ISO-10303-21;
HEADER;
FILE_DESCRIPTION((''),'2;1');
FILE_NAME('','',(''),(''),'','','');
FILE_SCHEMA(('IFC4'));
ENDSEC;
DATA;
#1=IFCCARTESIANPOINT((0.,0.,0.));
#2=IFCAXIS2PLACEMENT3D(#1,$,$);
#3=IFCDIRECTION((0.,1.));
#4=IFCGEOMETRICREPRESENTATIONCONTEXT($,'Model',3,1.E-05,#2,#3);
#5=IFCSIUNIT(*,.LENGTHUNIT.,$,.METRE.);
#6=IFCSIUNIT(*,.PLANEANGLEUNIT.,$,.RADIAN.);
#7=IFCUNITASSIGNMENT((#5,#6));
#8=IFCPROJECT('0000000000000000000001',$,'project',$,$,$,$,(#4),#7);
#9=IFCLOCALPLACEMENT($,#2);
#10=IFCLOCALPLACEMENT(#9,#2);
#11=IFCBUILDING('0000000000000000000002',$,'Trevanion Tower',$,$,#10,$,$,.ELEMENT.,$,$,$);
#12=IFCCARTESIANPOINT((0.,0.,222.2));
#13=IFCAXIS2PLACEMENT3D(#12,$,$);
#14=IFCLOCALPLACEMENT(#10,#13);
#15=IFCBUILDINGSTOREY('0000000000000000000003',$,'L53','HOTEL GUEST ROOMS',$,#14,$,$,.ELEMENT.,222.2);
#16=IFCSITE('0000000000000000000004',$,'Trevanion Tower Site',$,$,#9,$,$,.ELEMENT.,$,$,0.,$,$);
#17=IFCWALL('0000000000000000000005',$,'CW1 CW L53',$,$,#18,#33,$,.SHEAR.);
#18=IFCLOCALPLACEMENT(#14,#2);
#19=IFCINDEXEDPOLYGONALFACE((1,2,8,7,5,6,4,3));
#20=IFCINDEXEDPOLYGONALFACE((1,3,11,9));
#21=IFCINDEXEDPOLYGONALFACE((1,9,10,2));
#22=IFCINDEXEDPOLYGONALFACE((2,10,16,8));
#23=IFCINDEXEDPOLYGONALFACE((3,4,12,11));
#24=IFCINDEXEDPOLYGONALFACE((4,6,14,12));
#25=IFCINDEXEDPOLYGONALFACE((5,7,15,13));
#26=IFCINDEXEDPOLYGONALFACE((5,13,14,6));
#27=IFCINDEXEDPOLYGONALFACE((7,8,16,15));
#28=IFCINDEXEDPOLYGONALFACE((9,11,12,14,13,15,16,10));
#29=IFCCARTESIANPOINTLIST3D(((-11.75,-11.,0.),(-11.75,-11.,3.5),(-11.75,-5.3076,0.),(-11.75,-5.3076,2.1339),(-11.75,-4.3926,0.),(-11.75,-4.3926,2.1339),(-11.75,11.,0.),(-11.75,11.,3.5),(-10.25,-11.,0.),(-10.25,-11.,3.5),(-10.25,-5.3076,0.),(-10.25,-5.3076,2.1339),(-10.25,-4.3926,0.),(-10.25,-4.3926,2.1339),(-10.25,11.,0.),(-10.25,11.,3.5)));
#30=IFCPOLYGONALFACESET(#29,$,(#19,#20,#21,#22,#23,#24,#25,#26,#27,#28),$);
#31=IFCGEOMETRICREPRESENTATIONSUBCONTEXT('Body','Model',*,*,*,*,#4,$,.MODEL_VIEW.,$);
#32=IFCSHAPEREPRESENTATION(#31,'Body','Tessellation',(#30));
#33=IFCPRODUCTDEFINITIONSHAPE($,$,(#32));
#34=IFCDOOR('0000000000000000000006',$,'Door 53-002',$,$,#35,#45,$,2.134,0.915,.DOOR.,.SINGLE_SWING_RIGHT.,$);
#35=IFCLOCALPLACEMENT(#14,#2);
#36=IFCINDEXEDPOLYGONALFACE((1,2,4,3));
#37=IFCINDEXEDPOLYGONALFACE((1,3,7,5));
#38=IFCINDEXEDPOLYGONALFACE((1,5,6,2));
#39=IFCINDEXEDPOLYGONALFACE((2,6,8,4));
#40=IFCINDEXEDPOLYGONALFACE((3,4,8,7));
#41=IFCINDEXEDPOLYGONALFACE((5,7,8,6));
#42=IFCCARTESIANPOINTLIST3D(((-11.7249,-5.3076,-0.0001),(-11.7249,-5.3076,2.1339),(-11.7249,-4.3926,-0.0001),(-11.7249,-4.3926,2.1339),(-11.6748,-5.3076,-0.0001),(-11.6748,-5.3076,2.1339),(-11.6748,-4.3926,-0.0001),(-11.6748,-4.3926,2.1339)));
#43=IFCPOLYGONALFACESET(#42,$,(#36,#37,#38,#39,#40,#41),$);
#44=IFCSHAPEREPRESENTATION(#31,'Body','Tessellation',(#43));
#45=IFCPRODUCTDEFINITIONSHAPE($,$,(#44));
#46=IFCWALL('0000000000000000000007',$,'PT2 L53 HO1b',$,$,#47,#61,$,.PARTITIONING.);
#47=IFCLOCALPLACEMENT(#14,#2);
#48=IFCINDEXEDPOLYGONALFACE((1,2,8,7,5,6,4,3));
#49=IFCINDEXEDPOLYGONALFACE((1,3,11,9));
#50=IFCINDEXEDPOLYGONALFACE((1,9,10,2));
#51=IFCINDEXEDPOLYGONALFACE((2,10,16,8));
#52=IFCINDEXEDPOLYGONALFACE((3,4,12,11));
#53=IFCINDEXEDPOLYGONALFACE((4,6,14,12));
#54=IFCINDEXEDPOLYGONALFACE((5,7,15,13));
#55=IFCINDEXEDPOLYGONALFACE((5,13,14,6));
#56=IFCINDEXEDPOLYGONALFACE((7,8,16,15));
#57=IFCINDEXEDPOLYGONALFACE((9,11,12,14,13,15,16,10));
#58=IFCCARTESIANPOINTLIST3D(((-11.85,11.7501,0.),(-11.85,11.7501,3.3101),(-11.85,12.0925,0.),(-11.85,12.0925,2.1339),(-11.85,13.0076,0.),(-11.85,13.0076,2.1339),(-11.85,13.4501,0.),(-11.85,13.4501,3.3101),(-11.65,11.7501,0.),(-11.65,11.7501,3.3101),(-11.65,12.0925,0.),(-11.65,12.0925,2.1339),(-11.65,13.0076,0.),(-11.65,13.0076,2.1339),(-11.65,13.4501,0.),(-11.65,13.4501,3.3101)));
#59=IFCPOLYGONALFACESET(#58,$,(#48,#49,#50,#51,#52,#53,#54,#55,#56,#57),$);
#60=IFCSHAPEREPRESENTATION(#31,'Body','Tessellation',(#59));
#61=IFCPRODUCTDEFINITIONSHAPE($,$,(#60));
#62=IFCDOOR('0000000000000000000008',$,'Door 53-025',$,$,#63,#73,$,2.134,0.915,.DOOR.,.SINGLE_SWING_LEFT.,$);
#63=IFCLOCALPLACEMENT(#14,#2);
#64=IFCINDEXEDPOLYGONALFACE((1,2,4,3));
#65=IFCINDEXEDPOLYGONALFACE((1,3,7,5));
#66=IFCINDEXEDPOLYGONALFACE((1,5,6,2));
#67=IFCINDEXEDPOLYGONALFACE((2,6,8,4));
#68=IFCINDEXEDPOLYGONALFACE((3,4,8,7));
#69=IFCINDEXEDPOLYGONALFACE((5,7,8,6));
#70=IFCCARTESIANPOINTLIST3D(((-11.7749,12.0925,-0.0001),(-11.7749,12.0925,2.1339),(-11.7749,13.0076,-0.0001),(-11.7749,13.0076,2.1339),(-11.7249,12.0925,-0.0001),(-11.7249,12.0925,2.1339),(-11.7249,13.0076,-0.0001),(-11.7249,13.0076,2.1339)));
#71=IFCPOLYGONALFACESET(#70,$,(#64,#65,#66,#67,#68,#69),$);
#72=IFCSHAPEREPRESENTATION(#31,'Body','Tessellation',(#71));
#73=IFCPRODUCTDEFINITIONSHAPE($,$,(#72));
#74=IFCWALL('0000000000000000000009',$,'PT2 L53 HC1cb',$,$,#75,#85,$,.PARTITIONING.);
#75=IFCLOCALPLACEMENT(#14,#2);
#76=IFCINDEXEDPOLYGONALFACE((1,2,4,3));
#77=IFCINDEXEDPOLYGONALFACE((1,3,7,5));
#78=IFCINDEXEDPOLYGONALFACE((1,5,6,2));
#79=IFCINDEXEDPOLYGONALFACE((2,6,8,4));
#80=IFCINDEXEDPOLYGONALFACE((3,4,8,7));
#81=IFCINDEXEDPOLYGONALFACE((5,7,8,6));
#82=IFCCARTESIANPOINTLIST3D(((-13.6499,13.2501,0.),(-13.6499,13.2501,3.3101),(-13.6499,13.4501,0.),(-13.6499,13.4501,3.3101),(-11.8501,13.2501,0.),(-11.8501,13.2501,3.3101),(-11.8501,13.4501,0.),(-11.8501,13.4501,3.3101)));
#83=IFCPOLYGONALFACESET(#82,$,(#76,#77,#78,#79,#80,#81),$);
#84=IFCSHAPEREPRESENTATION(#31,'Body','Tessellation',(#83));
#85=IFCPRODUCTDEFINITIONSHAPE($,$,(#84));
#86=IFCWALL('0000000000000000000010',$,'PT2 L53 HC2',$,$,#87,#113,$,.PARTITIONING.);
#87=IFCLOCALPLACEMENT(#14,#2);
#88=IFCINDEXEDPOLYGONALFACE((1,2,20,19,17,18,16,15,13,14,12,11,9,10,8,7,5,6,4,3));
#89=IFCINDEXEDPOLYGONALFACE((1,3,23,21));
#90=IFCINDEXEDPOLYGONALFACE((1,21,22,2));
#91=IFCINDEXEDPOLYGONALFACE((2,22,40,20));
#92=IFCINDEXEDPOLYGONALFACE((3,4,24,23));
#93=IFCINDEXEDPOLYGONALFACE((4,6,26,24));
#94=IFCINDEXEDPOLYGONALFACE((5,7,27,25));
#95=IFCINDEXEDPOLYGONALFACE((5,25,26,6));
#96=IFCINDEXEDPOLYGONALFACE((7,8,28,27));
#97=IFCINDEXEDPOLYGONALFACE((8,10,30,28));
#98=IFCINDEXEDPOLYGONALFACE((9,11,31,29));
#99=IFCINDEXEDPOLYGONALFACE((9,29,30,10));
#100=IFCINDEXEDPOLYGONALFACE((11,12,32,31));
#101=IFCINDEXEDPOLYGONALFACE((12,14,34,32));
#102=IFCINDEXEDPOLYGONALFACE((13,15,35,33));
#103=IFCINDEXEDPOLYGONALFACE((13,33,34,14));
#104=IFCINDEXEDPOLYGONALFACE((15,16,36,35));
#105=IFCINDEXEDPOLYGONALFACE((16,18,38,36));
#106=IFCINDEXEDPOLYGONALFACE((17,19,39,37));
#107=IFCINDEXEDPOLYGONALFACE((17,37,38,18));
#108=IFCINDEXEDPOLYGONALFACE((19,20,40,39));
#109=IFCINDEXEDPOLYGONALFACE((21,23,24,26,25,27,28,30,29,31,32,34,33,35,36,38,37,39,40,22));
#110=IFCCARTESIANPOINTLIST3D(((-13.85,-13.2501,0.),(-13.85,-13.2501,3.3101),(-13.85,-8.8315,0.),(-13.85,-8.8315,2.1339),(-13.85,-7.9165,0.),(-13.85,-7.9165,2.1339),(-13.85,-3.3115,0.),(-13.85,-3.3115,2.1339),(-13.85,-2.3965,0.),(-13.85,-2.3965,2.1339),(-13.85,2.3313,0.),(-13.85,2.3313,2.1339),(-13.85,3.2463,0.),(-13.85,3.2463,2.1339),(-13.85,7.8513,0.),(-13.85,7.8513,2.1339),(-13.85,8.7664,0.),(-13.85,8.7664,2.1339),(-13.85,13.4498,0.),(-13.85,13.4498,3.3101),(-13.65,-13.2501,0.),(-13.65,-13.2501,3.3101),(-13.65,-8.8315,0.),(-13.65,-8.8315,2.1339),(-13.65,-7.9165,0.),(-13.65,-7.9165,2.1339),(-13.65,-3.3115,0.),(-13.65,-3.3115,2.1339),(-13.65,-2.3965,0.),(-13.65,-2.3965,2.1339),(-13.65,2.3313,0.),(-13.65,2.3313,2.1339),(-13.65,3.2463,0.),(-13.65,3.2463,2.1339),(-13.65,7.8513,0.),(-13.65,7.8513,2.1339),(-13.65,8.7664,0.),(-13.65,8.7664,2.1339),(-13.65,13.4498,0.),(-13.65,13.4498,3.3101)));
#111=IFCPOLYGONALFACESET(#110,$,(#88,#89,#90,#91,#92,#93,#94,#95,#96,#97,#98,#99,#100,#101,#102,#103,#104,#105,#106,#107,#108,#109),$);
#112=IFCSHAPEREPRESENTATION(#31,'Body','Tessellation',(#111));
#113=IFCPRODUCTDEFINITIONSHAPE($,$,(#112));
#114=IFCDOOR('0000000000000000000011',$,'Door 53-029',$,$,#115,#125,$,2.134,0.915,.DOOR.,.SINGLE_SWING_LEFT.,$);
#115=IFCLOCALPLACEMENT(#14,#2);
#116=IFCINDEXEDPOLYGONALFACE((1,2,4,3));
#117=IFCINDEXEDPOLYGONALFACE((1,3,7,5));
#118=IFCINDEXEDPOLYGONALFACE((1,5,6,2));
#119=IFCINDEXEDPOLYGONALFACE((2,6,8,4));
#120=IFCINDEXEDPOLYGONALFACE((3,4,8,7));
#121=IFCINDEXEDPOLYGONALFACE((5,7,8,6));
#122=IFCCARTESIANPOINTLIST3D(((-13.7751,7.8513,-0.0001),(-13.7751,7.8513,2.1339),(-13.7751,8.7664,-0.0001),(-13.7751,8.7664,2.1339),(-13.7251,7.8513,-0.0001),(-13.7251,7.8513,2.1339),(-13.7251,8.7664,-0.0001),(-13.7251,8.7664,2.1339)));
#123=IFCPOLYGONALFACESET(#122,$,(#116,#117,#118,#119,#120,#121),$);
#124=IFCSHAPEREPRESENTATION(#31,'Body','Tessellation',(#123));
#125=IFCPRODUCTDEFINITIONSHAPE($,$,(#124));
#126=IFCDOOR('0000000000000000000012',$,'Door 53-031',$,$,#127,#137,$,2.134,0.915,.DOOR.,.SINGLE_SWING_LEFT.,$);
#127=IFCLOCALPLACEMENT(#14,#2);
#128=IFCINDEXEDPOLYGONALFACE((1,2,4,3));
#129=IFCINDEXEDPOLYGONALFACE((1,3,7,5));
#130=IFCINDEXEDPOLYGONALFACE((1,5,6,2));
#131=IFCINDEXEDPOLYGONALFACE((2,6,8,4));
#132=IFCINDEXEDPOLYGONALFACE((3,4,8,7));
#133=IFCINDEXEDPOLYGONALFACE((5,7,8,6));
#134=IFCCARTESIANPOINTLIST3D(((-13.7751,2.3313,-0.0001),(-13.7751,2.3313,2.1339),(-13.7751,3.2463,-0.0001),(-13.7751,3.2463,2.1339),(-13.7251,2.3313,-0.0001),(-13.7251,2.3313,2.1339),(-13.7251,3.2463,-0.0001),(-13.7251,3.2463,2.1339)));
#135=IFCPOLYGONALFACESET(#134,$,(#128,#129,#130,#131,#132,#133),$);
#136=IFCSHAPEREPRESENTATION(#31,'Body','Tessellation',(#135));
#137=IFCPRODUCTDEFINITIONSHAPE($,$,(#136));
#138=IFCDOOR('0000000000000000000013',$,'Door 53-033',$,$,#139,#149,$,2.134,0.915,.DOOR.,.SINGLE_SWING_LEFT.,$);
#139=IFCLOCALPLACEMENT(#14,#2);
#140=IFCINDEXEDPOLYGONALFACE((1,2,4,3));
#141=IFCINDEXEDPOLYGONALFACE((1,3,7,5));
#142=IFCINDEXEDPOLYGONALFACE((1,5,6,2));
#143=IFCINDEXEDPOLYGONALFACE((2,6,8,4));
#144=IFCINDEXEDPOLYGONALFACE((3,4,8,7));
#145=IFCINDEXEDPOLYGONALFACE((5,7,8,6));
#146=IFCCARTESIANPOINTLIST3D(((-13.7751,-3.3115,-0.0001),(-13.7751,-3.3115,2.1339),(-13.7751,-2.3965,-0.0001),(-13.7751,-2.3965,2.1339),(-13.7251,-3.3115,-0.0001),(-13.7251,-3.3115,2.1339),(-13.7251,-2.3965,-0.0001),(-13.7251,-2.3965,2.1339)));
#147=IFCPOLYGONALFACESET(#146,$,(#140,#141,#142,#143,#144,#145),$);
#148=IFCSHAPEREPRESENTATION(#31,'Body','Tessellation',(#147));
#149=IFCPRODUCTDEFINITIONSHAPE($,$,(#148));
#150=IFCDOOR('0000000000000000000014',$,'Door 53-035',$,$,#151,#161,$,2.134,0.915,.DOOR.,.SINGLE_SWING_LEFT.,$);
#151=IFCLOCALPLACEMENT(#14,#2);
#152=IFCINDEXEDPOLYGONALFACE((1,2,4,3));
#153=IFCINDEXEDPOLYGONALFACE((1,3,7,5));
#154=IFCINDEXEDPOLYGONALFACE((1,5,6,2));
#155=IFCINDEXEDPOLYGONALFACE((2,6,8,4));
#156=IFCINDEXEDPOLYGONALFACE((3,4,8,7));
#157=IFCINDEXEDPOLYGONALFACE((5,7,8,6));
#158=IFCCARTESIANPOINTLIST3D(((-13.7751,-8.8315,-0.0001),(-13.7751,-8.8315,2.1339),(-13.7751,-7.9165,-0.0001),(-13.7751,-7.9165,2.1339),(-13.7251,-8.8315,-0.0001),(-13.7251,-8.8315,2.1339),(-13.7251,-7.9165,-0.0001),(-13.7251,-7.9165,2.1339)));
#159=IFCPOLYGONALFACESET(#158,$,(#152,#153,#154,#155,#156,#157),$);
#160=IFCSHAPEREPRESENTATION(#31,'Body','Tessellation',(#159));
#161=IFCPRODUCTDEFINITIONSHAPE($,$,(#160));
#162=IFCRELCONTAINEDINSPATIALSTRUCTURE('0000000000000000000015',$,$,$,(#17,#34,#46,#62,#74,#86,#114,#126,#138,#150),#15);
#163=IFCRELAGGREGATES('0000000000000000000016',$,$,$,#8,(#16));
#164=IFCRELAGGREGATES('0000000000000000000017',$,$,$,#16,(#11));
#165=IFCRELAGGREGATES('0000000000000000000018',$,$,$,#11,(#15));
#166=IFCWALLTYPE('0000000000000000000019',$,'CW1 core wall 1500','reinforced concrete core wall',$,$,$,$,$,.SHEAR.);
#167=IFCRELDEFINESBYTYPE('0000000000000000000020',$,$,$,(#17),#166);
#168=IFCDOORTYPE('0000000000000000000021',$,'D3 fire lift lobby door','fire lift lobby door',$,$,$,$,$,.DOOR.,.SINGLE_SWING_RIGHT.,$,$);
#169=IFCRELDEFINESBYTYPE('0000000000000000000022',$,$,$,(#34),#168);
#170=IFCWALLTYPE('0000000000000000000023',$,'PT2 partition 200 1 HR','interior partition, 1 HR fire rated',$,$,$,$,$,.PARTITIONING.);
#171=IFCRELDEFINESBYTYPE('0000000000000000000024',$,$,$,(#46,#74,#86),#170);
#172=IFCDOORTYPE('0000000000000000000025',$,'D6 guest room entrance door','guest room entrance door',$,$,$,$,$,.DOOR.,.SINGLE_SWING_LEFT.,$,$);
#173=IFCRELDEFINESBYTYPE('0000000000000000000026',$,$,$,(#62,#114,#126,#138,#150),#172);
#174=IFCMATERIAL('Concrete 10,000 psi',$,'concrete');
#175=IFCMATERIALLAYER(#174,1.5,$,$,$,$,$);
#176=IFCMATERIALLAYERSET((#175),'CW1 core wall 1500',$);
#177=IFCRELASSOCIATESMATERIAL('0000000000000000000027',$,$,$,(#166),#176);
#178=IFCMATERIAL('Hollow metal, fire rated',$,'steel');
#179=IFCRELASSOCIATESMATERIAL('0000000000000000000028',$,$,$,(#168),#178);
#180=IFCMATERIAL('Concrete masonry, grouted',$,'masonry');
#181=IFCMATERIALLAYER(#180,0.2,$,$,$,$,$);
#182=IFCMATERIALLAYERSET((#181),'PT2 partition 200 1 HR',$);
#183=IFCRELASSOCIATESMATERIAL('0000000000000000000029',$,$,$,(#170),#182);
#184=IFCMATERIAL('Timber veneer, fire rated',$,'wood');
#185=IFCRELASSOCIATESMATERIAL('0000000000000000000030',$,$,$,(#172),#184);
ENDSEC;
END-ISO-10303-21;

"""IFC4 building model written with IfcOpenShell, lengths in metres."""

from ifc_helpers import new_model, si_unit, direction, frame, frame_2d, origin, place, context, subcontext, project, spatial, rectangle, extrude, material, layer, layer_set, type_object, element, fill, save


model = new_model("IFC4")

# Units and contexts
model_context = context("Model", 3, precision=1e-05, world=origin(), true_north=direction((0.0, 1.0)))
body_context = subcontext(model_context, "Body", "Model", "MODEL_VIEW")
ifc_project = project(units=[si_unit("LENGTHUNIT", "METRE"), si_unit("PLANEANGLEUNIT", "RADIAN")], contexts=[model_context])

# Site, building, storey
site_placement = place(None, origin())
site = spatial("IfcSite", under=ifc_project, at=site_placement, Name="Trevanion Tower Site", CompositionType="ELEMENT", RefElevation=0.0)
building_placement = place(site_placement, origin())
building = spatial("IfcBuilding", under=site, at=building_placement, Name="Trevanion Tower", CompositionType="ELEMENT")
storey_placement = place(building_placement, frame((0.0, 0.0, 222.2)))
storey = spatial("IfcBuildingStorey", under=building, at=storey_placement, Name="L53", Description="HOTEL GUEST ROOMS", CompositionType="ELEMENT", Elevation=222.2)

# Walls, openings, doors
ifc_material_1 = material(Name="Concrete 10,000 psi", Category="concrete")
ifc_layer_1 = layer(ifc_material_1, 1.5)
ifc_layer_set_1 = layer_set([ifc_layer_1], Name="CW1 core wall 1500")
wall_type_1 = type_object("IfcWallType", Name="CW1 core wall 1500", Description="reinforced concrete core wall", PredefinedType="SHEAR", material=ifc_layer_set_1)
wall_1_placement = place(storey_placement, frame((-11.0, 11.0, 0.0), z_axis=(0.0, 0.0, 1.0), x_axis=(0.0, -1.0, 0.0)))
wall_1 = element("IfcWall", 1, at=wall_1_placement, inside=storey, type_object=wall_type_1, Name="CW1 CW L53", PredefinedType="SHEAR", context=body_context, shape_type="SweptSolid", body=[
    extrude(rectangle(XDim=22.0, YDim=1.5, at=frame_2d((11.0, 0.0))), origin(), (0.0, 0.0, 1.0), 3.5),
])
opening_1_placement = place(wall_1_placement, frame((15.3926, 0.0, 0.0)))
opening_1 = element("IfcOpeningElement", 2, at=opening_1_placement, cuts=wall_1, PredefinedType="OPENING", context=body_context, shape_type="SweptSolid", body=[
    extrude(rectangle(XDim=0.915, YDim=2.134, at=frame_2d((0.4575, 1.0669))), frame((0.0, 0.76, 0.0), z_axis=(0.0, -1.0, 0.0), x_axis=(1.0, 0.0, 0.0)), (0.0, 0.0, 1.0), 1.52),
])
ifc_material_2 = material(Name="Hollow metal, fire rated", Category="steel")
door_type_1 = type_object("IfcDoorType", Name="D3 fire lift lobby door", Description="fire lift lobby door", OperationType="SINGLE_SWING_RIGHT", PredefinedType="DOOR", material=ifc_material_2)
door_1_placement = place(opening_1_placement, origin())
door_1 = element("IfcDoor", 3, at=door_1_placement, inside=storey, type_object=door_type_1, Name="Door 53-002", OperationType="SINGLE_SWING_RIGHT", OverallHeight=2.134, OverallWidth=0.915, PredefinedType="DOOR", context=body_context, shape_type="SweptSolid", body=[
    extrude(rectangle(XDim=0.915, YDim=2.134, at=frame_2d((0.4575, 1.0669))), frame((0.0, -0.6748, 0.0), z_axis=(0.0, -1.0, 0.0), x_axis=(1.0, 0.0, 0.0)), (0.0, 0.0, 1.0), 0.05),
])
fill(opening_1, door_1)
ifc_material_3 = material(Name="Concrete masonry, grouted", Category="masonry")
ifc_layer_2 = layer(ifc_material_3, 0.2)
ifc_layer_set_2 = layer_set([ifc_layer_2], Name="PT2 partition 200 1 HR")
wall_type_2 = type_object("IfcWallType", Name="PT2 partition 200 1 HR", Description="interior partition, 1 HR fire rated", PredefinedType="PARTITIONING", material=ifc_layer_set_2)
wall_2_placement = place(storey_placement, frame((-11.75, 11.75, 0.0), z_axis=(0.0, 0.0, 1.0), x_axis=(0.0, 1.0, 0.0)))
wall_2 = element("IfcWall", 4, at=wall_2_placement, inside=storey, type_object=wall_type_2, Name="PT2 L53 HO1b", PredefinedType="PARTITIONING", context=body_context, shape_type="SweptSolid", body=[
    extrude(rectangle(XDim=1.7, YDim=0.2, at=frame_2d((0.8501, 0.0))), origin(), (0.0, 0.0, 1.0), 3.3101),
])
opening_2_placement = place(wall_2_placement, frame((0.3425, 0.0, 0.0)))
opening_2 = element("IfcOpeningElement", 5, at=opening_2_placement, cuts=wall_2, PredefinedType="OPENING", context=body_context, shape_type="SweptSolid", body=[
    extrude(rectangle(XDim=0.915, YDim=2.134, at=frame_2d((0.4575, 1.0669))), frame((0.0, 0.1099, 0.0), z_axis=(0.0, -1.0, 0.0), x_axis=(1.0, 0.0, 0.0)), (0.0, 0.0, 1.0), 0.22),
])
ifc_material_4 = material(Name="Timber veneer, fire rated", Category="wood")
door_type_2 = type_object("IfcDoorType", Name="D6 guest room entrance door", Description="guest room entrance door", OperationType="SINGLE_SWING_LEFT", PredefinedType="DOOR", material=ifc_material_4)
door_2_placement = place(opening_2_placement, origin())
door_2 = element("IfcDoor", 6, at=door_2_placement, inside=storey, type_object=door_type_2, Name="Door 53-025", OperationType="SINGLE_SWING_LEFT", OverallHeight=2.134, OverallWidth=0.915, PredefinedType="DOOR", context=body_context, shape_type="SweptSolid", body=[
    extrude(rectangle(XDim=0.915, YDim=2.134, at=frame_2d((0.4575, 1.0669))), frame((0.0, 0.0249, 0.0), z_axis=(0.0, -1.0, 0.0), x_axis=(1.0, 0.0, 0.0)), (0.0, 0.0, 1.0), 0.05),
])
fill(opening_2, door_2)

# Wall
wall_3_placement = place(storey_placement, frame((-11.8501, 13.3501, 0.0), z_axis=(0.0, 0.0, 1.0), x_axis=(-1.0, 0.0, 0.0)))
element("IfcWall", 7, at=wall_3_placement, inside=storey, type_object=wall_type_2, Name="PT2 L53 HC1cb", PredefinedType="PARTITIONING", context=body_context, shape_type="SweptSolid", body=[
    extrude(rectangle(XDim=1.7998, YDim=0.2, at=frame_2d((0.8999, 0.0))), origin(), (0.0, 0.0, 1.0), 3.3101),
])

# Wall, openings, doors
wall_4_placement = place(storey_placement, frame((-13.75, 13.45, 0.0), z_axis=(0.0, 0.0, 1.0), x_axis=(0.0, -1.0, 0.0)))
wall_4 = element("IfcWall", 8, at=wall_4_placement, inside=storey, type_object=wall_type_2, Name="PT2 L53 HC2", PredefinedType="PARTITIONING", context=body_context, shape_type="SweptSolid", body=[
    extrude(rectangle(XDim=26.7, YDim=0.2, at=frame_2d((13.3501, 0.0))), origin(), (0.0, 0.0, 1.0), 3.3101),
])
opening_3_placement = place(wall_4_placement, frame((4.6836, 0.0, 0.0)))
opening_3 = element("IfcOpeningElement", 9, at=opening_3_placement, cuts=wall_4, PredefinedType="OPENING", context=body_context, shape_type="SweptSolid", body=[
    extrude(rectangle(XDim=0.915, YDim=2.134, at=frame_2d((0.4575, 1.0669))), frame((0.0, 0.1099, 0.0), z_axis=(0.0, -1.0, 0.0), x_axis=(1.0, 0.0, 0.0)), (0.0, 0.0, 1.0), 0.22),
])
opening_4_placement = place(wall_4_placement, frame((10.2036, 0.0, 0.0)))
opening_4 = element("IfcOpeningElement", 10, at=opening_4_placement, cuts=wall_4, PredefinedType="OPENING", context=body_context, shape_type="SweptSolid", body=[
    extrude(rectangle(XDim=0.915, YDim=2.134, at=frame_2d((0.4575, 1.0669))), frame((0.0, 0.1099, 0.0), z_axis=(0.0, -1.0, 0.0), x_axis=(1.0, 0.0, 0.0)), (0.0, 0.0, 1.0), 0.22),
])
opening_5_placement = place(wall_4_placement, frame((15.8464, 0.0, 0.0)))
opening_5 = element("IfcOpeningElement", 11, at=opening_5_placement, cuts=wall_4, PredefinedType="OPENING", context=body_context, shape_type="SweptSolid", body=[
    extrude(rectangle(XDim=0.915, YDim=2.134, at=frame_2d((0.4575, 1.0669))), frame((0.0, 0.1099, 0.0), z_axis=(0.0, -1.0, 0.0), x_axis=(1.0, 0.0, 0.0)), (0.0, 0.0, 1.0), 0.22),
])
opening_6_placement = place(wall_4_placement, frame((21.3665, 0.0, 0.0)))
opening_6 = element("IfcOpeningElement", 12, at=opening_6_placement, cuts=wall_4, PredefinedType="OPENING", context=body_context, shape_type="SweptSolid", body=[
    extrude(rectangle(XDim=0.915, YDim=2.134, at=frame_2d((0.4575, 1.0669))), frame((0.0, 0.1099, 0.0), z_axis=(0.0, -1.0, 0.0), x_axis=(1.0, 0.0, 0.0)), (0.0, 0.0, 1.0), 0.22),
])
door_3_placement = place(opening_3_placement, origin())
door_3 = element("IfcDoor", 13, at=door_3_placement, inside=storey, type_object=door_type_2, Name="Door 53-029", OperationType="SINGLE_SWING_LEFT", OverallHeight=2.134, OverallWidth=0.915, PredefinedType="DOOR", context=body_context, shape_type="SweptSolid", body=[
    extrude(rectangle(XDim=0.915, YDim=2.134, at=frame_2d((0.4575, 1.0669))), frame((0.0, 0.0249, 0.0), z_axis=(0.0, -1.0, 0.0), x_axis=(1.0, 0.0, 0.0)), (0.0, 0.0, 1.0), 0.05),
])
fill(opening_3, door_3)
door_4_placement = place(opening_4_placement, origin())
door_4 = element("IfcDoor", 14, at=door_4_placement, inside=storey, type_object=door_type_2, Name="Door 53-031", OperationType="SINGLE_SWING_LEFT", OverallHeight=2.134, OverallWidth=0.915, PredefinedType="DOOR", context=body_context, shape_type="SweptSolid", body=[
    extrude(rectangle(XDim=0.915, YDim=2.134, at=frame_2d((0.4575, 1.0669))), frame((0.0, 0.0249, 0.0), z_axis=(0.0, -1.0, 0.0), x_axis=(1.0, 0.0, 0.0)), (0.0, 0.0, 1.0), 0.05),
])
fill(opening_4, door_4)
door_5_placement = place(opening_5_placement, origin())
door_5 = element("IfcDoor", 15, at=door_5_placement, inside=storey, type_object=door_type_2, Name="Door 53-033", OperationType="SINGLE_SWING_LEFT", OverallHeight=2.134, OverallWidth=0.915, PredefinedType="DOOR", context=body_context, shape_type="SweptSolid", body=[
    extrude(rectangle(XDim=0.915, YDim=2.134, at=frame_2d((0.4575, 1.0669))), frame((0.0, 0.0249, 0.0), z_axis=(0.0, -1.0, 0.0), x_axis=(1.0, 0.0, 0.0)), (0.0, 0.0, 1.0), 0.05),
])
fill(opening_5, door_5)
door_6_placement = place(opening_6_placement, origin())
door_6 = element("IfcDoor", 16, at=door_6_placement, inside=storey, type_object=door_type_2, Name="Door 53-035", OperationType="SINGLE_SWING_LEFT", OverallHeight=2.134, OverallWidth=0.915, PredefinedType="DOOR", context=body_context, shape_type="SweptSolid", body=[
    extrude(rectangle(XDim=0.915, YDim=2.134, at=frame_2d((0.4575, 1.0669))), frame((0.0, 0.0249, 0.0), z_axis=(0.0, -1.0, 0.0), x_axis=(1.0, 0.0, 0.0)), (0.0, 0.0, 1.0), 0.05),
])
fill(opening_6, door_6)

save(model, "model.ifc")
